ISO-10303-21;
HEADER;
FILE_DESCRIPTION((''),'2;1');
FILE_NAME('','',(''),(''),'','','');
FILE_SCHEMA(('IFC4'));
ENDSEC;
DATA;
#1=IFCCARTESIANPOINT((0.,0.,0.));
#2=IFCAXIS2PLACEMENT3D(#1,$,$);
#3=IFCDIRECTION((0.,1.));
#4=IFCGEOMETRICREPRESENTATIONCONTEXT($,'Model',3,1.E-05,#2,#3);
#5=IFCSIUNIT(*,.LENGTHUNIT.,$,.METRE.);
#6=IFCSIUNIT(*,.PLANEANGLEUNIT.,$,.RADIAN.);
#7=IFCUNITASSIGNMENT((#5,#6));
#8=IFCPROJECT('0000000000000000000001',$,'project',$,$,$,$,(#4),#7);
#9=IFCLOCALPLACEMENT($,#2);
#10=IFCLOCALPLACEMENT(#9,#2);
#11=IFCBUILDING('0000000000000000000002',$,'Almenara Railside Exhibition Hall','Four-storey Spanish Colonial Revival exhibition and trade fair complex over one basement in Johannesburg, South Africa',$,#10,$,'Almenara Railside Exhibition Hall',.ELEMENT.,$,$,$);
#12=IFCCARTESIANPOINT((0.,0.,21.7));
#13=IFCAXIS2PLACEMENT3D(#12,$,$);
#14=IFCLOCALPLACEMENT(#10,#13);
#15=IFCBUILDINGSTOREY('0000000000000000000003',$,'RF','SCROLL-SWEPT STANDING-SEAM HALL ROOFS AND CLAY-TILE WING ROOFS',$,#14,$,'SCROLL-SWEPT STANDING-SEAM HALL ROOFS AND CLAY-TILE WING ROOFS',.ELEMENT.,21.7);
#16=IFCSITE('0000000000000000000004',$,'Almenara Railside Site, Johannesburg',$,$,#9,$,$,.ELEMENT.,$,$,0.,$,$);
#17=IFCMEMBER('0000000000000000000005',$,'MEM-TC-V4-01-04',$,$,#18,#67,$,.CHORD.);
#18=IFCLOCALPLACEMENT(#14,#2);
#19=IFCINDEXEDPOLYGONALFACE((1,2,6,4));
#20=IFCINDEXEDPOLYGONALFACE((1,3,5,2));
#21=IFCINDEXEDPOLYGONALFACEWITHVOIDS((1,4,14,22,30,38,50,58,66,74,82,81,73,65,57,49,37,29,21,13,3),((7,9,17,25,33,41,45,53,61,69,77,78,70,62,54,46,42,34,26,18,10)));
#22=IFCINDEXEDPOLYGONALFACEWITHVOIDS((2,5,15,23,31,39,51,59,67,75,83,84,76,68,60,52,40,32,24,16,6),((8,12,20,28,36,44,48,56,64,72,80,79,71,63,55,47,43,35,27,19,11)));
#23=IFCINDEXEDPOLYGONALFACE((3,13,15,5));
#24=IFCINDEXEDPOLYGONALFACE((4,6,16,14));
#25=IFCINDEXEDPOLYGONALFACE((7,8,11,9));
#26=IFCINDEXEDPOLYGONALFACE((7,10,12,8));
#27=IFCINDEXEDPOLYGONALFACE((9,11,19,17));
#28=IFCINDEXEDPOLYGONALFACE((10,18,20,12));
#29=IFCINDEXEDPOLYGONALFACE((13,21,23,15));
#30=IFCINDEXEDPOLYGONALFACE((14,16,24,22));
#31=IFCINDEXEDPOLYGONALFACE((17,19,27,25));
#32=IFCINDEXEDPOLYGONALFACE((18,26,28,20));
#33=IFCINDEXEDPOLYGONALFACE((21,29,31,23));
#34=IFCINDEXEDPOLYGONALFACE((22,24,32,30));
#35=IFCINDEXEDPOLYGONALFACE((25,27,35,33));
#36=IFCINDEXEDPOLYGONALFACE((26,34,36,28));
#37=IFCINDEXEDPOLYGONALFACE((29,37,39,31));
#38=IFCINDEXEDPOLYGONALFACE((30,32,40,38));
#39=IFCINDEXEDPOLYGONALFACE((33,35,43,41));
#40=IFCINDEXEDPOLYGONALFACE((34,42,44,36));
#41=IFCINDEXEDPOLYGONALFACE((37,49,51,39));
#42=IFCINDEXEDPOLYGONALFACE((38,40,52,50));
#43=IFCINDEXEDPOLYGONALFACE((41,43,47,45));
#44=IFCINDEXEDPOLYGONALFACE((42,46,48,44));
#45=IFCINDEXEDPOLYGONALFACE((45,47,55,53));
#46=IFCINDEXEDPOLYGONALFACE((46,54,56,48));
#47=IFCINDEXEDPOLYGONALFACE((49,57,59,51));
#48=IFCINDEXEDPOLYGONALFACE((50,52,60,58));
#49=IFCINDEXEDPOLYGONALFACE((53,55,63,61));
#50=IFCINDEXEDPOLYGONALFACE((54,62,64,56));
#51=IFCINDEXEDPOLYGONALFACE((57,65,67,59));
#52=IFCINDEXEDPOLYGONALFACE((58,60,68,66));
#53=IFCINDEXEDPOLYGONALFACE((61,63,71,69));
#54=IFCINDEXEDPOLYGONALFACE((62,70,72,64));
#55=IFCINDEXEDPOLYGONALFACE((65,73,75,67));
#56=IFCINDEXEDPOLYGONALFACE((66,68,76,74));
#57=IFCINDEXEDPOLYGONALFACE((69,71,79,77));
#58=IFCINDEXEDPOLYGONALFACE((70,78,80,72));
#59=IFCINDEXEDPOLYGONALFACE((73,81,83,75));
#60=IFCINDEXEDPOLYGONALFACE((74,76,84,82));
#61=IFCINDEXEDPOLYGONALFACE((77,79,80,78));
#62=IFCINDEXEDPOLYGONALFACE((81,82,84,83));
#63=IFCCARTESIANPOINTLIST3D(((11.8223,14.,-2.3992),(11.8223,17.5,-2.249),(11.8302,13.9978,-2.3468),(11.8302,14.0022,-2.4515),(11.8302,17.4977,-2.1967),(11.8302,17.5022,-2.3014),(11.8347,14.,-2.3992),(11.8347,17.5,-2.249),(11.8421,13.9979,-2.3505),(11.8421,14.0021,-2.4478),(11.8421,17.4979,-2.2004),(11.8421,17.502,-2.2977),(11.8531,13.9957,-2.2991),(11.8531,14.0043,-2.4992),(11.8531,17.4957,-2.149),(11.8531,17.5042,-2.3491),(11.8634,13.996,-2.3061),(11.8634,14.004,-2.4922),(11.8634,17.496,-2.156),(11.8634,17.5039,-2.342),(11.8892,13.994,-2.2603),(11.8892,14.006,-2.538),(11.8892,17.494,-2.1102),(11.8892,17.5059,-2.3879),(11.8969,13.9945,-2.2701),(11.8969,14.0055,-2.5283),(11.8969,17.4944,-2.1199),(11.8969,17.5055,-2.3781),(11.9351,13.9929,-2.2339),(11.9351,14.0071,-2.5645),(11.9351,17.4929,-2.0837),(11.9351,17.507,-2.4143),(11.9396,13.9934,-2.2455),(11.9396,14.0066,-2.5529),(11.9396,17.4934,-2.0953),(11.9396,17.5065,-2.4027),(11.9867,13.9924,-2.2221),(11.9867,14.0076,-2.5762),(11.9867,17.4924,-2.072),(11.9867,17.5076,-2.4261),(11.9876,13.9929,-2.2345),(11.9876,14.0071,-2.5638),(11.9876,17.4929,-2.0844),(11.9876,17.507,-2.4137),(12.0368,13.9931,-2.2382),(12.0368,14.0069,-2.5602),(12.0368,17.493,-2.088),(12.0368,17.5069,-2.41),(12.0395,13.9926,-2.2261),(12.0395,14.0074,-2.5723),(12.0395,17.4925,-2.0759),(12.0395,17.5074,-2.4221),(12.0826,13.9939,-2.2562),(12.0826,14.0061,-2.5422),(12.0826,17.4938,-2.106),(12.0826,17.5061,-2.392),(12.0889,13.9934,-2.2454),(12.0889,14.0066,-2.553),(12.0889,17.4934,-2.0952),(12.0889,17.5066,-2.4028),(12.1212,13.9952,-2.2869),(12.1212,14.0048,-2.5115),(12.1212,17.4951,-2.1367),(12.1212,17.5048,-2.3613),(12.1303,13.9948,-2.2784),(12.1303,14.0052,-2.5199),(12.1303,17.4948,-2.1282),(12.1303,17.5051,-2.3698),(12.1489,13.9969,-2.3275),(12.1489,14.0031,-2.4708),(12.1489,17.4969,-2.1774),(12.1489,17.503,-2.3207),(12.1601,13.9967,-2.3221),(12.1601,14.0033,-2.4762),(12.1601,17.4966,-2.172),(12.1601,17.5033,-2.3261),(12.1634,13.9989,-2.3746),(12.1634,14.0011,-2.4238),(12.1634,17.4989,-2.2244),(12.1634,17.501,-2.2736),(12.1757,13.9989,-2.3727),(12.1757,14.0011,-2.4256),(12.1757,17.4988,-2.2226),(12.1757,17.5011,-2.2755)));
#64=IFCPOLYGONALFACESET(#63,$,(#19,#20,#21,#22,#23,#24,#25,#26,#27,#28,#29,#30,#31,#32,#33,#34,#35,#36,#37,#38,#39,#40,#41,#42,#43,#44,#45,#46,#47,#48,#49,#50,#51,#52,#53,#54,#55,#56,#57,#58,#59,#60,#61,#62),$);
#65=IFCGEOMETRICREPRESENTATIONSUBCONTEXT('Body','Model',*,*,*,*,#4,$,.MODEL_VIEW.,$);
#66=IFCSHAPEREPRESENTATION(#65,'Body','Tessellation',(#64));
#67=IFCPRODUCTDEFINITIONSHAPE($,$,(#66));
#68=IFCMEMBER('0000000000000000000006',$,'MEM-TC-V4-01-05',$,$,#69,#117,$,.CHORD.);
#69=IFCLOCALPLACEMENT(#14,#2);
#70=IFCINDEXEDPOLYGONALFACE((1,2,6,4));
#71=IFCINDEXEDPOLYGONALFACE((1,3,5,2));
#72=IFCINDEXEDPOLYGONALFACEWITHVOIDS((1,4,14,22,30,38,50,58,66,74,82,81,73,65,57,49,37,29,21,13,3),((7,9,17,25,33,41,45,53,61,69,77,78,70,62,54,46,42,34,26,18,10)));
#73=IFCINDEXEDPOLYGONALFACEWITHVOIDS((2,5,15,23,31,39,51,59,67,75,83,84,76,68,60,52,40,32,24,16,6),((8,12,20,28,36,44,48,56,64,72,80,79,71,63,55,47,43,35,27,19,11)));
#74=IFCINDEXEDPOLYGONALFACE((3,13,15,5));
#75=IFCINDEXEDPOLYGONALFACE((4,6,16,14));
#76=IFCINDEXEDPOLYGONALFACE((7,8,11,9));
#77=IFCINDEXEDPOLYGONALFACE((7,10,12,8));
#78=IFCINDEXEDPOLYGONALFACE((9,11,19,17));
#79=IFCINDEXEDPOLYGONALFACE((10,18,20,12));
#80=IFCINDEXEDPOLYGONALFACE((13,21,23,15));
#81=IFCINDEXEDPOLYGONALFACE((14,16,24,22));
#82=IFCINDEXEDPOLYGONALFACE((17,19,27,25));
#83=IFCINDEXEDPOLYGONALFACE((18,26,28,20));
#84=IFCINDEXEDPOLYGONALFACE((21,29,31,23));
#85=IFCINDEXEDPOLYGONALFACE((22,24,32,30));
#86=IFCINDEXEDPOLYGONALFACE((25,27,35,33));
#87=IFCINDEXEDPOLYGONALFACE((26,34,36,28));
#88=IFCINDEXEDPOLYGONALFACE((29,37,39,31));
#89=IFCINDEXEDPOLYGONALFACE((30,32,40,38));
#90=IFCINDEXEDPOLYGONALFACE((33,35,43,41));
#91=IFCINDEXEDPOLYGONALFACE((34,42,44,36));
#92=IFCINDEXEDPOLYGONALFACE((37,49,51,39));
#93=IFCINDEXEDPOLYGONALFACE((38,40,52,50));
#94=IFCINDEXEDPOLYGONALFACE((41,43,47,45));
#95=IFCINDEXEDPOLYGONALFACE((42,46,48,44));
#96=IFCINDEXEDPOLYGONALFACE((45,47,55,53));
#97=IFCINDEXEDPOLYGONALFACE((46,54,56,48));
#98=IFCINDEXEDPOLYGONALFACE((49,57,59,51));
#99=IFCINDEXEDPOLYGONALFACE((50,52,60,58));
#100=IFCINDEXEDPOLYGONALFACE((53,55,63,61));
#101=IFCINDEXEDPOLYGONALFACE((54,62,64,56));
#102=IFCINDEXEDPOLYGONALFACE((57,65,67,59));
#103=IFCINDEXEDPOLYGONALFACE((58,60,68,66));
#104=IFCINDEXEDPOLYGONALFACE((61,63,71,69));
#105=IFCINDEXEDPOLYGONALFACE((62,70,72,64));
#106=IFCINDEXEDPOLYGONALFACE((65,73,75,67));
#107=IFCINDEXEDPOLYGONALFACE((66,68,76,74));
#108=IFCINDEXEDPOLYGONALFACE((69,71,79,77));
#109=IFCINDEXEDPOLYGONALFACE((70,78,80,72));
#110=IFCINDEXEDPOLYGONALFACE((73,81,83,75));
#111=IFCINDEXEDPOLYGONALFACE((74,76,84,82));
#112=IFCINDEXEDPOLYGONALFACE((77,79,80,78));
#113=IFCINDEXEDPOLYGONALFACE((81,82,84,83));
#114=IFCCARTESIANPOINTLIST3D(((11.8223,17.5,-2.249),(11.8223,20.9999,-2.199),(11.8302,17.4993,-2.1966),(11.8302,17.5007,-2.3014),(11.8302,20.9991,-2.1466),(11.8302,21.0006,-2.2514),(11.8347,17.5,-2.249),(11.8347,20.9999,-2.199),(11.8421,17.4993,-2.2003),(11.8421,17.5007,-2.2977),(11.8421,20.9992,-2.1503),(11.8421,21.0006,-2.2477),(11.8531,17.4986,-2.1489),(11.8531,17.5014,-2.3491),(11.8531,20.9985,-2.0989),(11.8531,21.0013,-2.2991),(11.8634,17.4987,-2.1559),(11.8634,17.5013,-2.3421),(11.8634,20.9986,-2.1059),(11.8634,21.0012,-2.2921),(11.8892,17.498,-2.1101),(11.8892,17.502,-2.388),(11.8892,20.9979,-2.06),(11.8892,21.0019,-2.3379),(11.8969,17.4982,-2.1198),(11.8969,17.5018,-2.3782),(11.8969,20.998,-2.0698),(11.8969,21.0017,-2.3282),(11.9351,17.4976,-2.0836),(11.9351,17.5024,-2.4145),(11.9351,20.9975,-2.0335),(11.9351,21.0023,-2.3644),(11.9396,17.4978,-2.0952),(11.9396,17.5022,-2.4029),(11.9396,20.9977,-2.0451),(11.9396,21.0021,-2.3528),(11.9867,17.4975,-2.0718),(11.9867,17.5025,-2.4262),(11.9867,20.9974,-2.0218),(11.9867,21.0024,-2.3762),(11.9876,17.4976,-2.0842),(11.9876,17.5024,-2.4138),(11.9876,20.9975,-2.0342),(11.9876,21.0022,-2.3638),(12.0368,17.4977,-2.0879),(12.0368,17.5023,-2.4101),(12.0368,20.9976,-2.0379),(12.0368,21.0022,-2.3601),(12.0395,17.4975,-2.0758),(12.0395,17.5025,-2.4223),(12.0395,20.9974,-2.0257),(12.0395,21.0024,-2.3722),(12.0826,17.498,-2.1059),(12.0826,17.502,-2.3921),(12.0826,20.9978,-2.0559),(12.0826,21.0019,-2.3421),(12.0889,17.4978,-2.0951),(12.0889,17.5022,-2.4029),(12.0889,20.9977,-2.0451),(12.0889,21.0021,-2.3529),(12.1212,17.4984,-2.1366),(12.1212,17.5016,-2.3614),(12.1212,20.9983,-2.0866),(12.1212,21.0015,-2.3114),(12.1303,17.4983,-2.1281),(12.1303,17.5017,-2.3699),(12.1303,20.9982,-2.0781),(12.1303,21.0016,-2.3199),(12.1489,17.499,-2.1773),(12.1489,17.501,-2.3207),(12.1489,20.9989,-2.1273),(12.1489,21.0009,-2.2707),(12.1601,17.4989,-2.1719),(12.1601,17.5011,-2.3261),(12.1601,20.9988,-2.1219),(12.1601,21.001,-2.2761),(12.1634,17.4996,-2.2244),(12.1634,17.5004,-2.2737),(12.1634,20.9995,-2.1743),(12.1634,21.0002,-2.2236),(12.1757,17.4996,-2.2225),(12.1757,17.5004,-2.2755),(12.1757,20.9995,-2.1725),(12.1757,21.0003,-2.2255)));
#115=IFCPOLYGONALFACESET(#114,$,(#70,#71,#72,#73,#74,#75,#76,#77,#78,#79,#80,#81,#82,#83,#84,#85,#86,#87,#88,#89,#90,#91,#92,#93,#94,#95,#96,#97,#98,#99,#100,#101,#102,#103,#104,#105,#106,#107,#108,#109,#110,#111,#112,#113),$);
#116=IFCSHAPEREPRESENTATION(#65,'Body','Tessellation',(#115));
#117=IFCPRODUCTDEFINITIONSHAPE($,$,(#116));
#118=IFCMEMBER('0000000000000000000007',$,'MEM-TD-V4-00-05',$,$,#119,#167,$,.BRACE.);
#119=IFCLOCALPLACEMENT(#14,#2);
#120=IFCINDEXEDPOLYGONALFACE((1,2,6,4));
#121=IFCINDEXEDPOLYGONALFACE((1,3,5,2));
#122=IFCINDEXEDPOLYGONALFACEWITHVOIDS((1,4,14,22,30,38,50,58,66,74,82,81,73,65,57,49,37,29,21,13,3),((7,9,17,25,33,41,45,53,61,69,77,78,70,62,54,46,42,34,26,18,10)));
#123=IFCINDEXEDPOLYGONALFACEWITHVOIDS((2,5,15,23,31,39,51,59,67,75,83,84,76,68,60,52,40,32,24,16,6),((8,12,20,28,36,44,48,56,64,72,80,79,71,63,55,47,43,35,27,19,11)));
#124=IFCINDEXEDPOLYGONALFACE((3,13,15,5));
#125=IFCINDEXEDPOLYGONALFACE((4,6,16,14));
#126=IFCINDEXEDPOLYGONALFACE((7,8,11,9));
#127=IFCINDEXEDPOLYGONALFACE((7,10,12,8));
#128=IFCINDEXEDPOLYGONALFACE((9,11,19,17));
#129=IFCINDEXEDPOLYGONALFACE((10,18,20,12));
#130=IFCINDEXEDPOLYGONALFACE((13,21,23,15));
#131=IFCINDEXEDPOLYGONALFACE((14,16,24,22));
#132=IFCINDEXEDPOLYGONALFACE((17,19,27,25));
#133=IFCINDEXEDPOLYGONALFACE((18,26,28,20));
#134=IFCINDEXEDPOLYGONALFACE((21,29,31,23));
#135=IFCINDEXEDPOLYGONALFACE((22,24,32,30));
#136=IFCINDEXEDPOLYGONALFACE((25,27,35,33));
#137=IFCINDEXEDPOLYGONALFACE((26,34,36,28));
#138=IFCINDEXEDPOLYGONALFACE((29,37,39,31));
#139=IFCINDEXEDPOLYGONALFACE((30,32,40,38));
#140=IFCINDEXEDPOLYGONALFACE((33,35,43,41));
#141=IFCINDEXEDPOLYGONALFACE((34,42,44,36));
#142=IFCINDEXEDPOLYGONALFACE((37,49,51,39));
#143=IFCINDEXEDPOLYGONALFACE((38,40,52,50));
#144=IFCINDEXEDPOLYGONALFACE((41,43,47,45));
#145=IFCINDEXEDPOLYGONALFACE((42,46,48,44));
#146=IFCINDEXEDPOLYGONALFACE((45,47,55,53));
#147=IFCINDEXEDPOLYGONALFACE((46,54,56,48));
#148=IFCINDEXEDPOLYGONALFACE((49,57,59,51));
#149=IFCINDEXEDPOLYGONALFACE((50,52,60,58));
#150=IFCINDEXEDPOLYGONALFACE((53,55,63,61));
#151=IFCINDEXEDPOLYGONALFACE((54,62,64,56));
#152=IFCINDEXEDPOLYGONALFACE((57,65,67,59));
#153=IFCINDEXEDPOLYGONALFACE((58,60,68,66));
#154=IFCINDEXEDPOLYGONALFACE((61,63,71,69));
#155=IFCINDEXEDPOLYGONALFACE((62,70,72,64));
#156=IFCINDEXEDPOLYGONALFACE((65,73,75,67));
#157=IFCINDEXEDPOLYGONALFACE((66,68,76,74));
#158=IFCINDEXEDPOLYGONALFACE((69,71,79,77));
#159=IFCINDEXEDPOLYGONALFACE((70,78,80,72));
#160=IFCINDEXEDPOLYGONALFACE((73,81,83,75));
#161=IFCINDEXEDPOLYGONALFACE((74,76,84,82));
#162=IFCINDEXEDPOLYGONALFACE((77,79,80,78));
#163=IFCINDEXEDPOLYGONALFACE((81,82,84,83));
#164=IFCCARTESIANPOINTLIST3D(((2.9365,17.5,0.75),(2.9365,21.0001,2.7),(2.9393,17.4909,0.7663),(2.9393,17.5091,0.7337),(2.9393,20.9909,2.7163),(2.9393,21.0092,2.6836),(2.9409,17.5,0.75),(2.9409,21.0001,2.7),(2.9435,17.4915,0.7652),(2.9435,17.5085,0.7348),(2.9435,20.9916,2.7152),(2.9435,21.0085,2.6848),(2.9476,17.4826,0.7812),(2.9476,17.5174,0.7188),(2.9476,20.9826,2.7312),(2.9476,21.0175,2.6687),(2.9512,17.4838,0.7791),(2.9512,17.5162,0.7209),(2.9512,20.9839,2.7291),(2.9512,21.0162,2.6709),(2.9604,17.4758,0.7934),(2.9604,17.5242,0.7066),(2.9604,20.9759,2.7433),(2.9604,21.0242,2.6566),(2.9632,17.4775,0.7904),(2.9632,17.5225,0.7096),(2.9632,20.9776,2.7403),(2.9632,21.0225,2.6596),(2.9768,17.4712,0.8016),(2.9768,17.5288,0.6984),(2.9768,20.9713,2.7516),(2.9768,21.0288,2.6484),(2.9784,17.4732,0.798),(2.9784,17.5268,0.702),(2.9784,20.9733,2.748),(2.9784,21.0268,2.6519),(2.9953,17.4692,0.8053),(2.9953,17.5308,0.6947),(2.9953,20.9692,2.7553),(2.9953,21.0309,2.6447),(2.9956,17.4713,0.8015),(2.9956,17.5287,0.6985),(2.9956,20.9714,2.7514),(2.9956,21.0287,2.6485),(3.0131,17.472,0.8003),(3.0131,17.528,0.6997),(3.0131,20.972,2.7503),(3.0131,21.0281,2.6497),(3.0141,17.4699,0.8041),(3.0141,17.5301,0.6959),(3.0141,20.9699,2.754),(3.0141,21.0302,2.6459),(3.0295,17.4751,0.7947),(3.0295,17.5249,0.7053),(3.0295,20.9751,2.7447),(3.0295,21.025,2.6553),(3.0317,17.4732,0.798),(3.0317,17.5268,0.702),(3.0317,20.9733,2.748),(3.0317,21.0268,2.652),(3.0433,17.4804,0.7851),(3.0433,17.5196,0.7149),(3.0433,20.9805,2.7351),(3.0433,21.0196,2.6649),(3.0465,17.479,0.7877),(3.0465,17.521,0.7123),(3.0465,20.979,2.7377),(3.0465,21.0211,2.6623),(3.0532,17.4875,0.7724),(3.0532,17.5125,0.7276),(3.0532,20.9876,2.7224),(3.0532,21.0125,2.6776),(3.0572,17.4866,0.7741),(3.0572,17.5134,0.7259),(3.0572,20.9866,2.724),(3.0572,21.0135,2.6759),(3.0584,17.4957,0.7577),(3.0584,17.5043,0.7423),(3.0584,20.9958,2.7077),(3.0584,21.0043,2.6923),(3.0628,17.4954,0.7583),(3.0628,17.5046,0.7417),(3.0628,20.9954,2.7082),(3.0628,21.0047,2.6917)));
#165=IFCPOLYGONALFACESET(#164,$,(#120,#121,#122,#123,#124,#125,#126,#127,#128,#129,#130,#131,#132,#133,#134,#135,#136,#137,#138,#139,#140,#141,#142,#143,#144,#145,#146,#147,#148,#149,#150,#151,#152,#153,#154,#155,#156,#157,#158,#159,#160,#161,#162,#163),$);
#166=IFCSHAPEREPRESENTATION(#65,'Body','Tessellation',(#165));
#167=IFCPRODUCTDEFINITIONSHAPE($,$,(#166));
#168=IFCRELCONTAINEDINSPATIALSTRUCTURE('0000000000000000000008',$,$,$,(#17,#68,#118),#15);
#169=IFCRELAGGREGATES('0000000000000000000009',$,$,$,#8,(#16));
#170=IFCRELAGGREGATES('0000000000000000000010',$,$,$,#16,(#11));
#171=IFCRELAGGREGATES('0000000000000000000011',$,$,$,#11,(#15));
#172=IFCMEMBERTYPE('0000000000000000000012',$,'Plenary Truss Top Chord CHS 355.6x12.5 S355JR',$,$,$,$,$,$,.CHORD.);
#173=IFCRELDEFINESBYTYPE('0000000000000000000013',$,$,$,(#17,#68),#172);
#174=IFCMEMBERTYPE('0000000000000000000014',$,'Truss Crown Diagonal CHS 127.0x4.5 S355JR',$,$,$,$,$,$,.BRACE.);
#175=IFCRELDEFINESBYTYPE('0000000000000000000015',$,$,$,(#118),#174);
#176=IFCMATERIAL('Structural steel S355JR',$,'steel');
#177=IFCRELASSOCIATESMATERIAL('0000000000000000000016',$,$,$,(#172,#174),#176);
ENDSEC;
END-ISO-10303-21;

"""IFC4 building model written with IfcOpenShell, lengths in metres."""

from ifc_helpers import new_model, si_unit, direction, frame, origin, origin_2d, place, context, subcontext, project, spatial, hollow_circle, extrude, material, material_profile, profile_set, type_object, element, save


model = new_model("IFC4")

# Units and contexts
model_context = context("Model", 3, precision=1e-05, world=origin(), true_north=direction((0.0, 1.0)))
body_context = subcontext(model_context, "Body", "Model", "MODEL_VIEW")
ifc_project = project(units=[si_unit("LENGTHUNIT", "METRE"), si_unit("PLANEANGLEUNIT", "RADIAN")], contexts=[model_context])

# Site, building, storey
site_placement = place(None, origin())
site = spatial("IfcSite", under=ifc_project, at=site_placement, Name="Almenara Railside Site, Johannesburg", CompositionType="ELEMENT", RefElevation=0.0)
building_placement = place(site_placement, origin())
building = spatial("IfcBuilding", under=site, at=building_placement, Name="Almenara Railside Exhibition Hall", Description="Four-storey Spanish Colonial Revival exhibition and trade fair complex over one basement in Johannesburg, South Africa", LongName="Almenara Railside Exhibition Hall", CompositionType="ELEMENT")
storey_placement = place(building_placement, frame((0.0, 0.0, 21.7)))
storey = spatial("IfcBuildingStorey", under=building, at=storey_placement, Name="RF", Description="SCROLL-SWEPT STANDING-SEAM HALL ROOFS AND CLAY-TILE WING ROOFS", LongName="SCROLL-SWEPT STANDING-SEAM HALL ROOFS AND CLAY-TILE WING ROOFS", CompositionType="ELEMENT", Elevation=21.7)

# Members
ifc_material_1 = material(Name="Structural steel S355JR", Category="steel")
ifc_material_profile_1 = material_profile(ifc_material_1, hollow_circle(Radius=0.1777, WallThickness=0.0125, at=origin_2d()), Name="CHS 355.6x12.5")
ifc_profile_set_1 = profile_set([ifc_material_profile_1], Name="Structural steel S355JR")
member_type_1 = type_object("IfcMemberType", Name="Plenary Truss Top Chord CHS 355.6x12.5 S355JR", PredefinedType="CHORD", material=ifc_profile_set_1)
member_1_placement = place(storey_placement, frame((12.0, 14.0, -2.3992), z_axis=(0.0, 0.999081, 0.04286), x_axis=(-1.0, 0.0, 0.0)))
element("IfcMember", 1, at=member_1_placement, inside=storey, type_object=member_type_1, Name="MEM-TC-V4-01-04", PredefinedType="CHORD", context=body_context, shape_type="SweptSolid", body=[
    extrude(hollow_circle(Radius=0.1777, WallThickness=0.0125, at=origin_2d()), origin(), (0.0, 0.0, 1.0), 3.5032),
])
member_2_placement = place(storey_placement, frame((12.0, 17.5, -2.249), z_axis=(0.0, 0.999898, 0.014298), x_axis=(-1.0, 0.0, 0.0)))
element("IfcMember", 2, at=member_2_placement, inside=storey, type_object=member_type_1, Name="MEM-TC-V4-01-05", PredefinedType="CHORD", context=body_context, shape_type="SweptSolid", body=[
    extrude(hollow_circle(Radius=0.1777, WallThickness=0.0125, at=origin_2d()), origin(), (0.0, 0.0, 1.0), 3.5002),
])
ifc_material_profile_2 = material_profile(ifc_material_1, hollow_circle(Radius=0.0635, WallThickness=0.0044, at=origin_2d()), Name="CHS 127.0x4.5")
ifc_profile_set_2 = profile_set([ifc_material_profile_2], Name="Structural steel S355JR")
member_type_2 = type_object("IfcMemberType", Name="Truss Crown Diagonal CHS 127.0x4.5 S355JR", PredefinedType="BRACE", material=ifc_profile_set_2)
for number, where, z_axis, x_axis, name in (
    (3, (3.0, 17.5, 0.75), (0.0, 0.873573, 0.486693), (-1.0, 0.0, 0.0), "MEM-TD-V4-00-05"),
):
    element("IfcMember", number, at=place(storey_placement, frame(where, z_axis=z_axis, x_axis=x_axis)), inside=storey, type_object=member_type_2, Name=name, PredefinedType="BRACE", context=body_context, shape_type="SweptSolid", body=[
        extrude(hollow_circle(Radius=0.0635, WallThickness=0.0044, at=origin_2d()), origin(), (0.0, 0.0, 1.0), 4.0066),
    ])

save(model, "model.ifc")
